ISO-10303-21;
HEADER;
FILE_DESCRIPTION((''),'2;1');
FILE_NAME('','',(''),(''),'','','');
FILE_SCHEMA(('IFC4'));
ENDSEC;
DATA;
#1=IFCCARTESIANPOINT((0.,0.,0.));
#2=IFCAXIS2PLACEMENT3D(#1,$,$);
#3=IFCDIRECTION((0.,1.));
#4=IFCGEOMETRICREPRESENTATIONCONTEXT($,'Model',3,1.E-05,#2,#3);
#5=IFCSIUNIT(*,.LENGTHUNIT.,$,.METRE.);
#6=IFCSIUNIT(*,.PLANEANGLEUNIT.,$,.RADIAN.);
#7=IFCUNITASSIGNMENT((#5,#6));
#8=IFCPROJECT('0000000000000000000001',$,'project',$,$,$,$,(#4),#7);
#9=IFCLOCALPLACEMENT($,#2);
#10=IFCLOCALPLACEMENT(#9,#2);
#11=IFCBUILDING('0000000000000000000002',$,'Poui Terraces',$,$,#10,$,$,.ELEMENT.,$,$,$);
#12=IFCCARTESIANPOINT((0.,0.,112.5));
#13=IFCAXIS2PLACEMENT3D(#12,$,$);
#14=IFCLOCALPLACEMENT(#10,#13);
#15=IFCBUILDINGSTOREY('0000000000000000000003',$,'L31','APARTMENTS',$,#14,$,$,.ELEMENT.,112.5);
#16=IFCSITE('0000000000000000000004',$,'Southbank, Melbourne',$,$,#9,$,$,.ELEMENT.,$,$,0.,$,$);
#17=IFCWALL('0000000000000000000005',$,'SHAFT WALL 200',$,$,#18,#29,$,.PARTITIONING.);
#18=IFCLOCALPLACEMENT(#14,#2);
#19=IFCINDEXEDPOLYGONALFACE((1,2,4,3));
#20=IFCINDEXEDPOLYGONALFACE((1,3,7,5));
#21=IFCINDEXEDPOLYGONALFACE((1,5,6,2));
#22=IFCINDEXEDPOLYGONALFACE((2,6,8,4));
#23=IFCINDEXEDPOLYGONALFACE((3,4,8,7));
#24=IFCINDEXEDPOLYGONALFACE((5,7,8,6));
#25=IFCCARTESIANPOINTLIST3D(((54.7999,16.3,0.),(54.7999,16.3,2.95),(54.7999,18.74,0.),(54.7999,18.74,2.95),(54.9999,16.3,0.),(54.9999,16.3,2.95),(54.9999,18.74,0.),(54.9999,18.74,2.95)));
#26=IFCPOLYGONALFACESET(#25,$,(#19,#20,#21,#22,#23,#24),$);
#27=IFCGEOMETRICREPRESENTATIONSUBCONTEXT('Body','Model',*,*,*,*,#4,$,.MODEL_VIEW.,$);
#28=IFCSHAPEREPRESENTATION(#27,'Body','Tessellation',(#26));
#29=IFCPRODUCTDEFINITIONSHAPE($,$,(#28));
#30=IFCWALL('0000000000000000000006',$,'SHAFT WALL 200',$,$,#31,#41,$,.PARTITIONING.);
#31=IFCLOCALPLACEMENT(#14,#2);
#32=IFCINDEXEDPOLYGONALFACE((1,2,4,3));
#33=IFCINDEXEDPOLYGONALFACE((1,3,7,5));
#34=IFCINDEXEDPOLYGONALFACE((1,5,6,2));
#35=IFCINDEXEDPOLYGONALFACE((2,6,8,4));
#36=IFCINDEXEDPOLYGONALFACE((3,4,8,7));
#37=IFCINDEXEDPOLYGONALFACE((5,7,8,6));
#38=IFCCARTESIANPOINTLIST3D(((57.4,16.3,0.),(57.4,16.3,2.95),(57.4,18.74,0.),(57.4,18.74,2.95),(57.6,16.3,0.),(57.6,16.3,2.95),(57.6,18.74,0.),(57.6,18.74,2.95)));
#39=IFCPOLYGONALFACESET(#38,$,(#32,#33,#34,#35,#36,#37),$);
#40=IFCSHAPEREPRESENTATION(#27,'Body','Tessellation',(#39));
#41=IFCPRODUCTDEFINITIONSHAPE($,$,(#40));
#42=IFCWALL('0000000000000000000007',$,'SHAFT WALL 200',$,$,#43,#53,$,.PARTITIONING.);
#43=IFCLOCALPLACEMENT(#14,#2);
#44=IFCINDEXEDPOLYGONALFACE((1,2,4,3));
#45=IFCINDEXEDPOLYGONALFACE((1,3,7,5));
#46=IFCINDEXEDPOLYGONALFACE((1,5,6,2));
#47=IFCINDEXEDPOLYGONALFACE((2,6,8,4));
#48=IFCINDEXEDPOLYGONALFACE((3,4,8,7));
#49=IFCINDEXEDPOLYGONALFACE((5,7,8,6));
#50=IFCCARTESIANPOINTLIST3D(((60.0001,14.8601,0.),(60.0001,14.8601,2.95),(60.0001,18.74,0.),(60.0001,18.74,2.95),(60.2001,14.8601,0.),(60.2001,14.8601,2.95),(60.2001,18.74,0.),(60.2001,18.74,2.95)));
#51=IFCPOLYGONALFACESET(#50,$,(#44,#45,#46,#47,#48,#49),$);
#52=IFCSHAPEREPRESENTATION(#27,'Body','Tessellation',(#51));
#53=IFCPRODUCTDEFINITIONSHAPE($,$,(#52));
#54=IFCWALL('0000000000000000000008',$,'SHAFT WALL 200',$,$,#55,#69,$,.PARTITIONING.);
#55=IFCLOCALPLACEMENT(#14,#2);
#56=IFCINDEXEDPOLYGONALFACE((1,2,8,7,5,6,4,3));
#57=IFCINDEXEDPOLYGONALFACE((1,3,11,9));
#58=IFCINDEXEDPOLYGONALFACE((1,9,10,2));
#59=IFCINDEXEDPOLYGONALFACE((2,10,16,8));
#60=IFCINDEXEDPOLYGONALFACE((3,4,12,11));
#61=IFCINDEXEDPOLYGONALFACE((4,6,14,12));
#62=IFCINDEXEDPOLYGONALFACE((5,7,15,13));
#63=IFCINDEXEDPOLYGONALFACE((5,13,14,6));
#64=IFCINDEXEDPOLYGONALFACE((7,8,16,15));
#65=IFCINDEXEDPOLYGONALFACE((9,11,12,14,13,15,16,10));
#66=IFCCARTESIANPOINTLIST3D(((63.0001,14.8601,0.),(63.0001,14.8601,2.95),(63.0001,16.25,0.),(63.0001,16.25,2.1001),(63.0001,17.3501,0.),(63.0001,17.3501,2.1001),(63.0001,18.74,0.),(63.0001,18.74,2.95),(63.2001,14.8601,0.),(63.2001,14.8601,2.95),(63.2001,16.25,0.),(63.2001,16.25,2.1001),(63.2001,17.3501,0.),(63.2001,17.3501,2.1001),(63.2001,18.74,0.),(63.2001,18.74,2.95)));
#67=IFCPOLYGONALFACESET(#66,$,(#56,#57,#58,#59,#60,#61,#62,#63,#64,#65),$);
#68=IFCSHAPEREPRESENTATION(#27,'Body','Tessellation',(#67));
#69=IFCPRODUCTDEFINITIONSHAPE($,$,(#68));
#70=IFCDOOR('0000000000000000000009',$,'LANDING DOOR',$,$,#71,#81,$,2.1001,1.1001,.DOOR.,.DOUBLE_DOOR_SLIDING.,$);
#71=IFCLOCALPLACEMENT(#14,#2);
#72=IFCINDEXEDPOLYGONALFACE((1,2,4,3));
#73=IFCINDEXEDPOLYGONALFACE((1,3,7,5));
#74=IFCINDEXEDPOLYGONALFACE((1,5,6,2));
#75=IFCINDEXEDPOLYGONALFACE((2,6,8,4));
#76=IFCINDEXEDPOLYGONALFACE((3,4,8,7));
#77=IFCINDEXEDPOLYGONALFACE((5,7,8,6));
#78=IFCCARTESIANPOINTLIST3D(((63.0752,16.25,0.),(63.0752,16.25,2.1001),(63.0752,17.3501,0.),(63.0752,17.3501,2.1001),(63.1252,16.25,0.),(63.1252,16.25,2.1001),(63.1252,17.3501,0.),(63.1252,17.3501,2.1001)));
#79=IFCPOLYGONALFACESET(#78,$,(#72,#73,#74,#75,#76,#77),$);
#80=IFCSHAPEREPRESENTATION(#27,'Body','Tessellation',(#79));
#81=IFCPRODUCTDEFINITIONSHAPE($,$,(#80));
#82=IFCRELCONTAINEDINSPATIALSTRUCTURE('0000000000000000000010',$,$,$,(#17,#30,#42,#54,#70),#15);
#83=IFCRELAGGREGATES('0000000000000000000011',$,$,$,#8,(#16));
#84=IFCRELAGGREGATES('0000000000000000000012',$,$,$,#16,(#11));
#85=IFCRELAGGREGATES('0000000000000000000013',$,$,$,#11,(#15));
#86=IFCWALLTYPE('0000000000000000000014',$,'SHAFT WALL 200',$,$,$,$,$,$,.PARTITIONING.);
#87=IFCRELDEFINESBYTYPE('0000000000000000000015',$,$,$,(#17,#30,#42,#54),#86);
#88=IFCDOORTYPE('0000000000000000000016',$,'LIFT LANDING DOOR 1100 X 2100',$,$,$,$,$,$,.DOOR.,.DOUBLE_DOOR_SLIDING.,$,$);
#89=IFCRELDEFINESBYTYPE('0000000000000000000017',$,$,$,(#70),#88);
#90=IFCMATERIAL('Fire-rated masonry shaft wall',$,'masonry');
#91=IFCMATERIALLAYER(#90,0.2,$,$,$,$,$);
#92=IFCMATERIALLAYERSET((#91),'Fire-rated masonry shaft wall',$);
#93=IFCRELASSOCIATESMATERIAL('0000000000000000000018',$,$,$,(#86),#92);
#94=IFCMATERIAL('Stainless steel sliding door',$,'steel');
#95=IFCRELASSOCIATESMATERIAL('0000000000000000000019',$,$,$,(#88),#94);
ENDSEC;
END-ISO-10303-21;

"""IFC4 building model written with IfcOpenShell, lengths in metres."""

from ifc_helpers import new_model, si_unit, direction, frame, frame_2d, origin, place, context, subcontext, project, spatial, rectangle, extrude, material, layer, layer_set, type_object, element, fill, save


model = new_model("IFC4")

# Units and contexts
model_context = context("Model", 3, precision=1e-05, world=origin(), true_north=direction((0.0, 1.0)))
body_context = subcontext(model_context, "Body", "Model", "MODEL_VIEW")
ifc_project = project(units=[si_unit("LENGTHUNIT", "METRE"), si_unit("PLANEANGLEUNIT", "RADIAN")], contexts=[model_context])

# Site, building, storey
site_placement = place(None, origin())
site = spatial("IfcSite", under=ifc_project, at=site_placement, Name="Southbank, Melbourne", CompositionType="ELEMENT", RefElevation=0.0)
building_placement = place(site_placement, origin())
building = spatial("IfcBuilding", under=site, at=building_placement, Name="Poui Terraces", CompositionType="ELEMENT")
storey_placement = place(building_placement, frame((0.0, 0.0, 112.5)))
storey = spatial("IfcBuildingStorey", under=building, at=storey_placement, Name="L31", Description="APARTMENTS", CompositionType="ELEMENT", Elevation=112.5)

# Walls
ifc_material_1 = material(Name="Fire-rated masonry shaft wall", Category="masonry")
ifc_layer_1 = layer(ifc_material_1, 0.2)
ifc_layer_set_1 = layer_set([ifc_layer_1], Name="Fire-rated masonry shaft wall")
wall_type_1 = type_object("IfcWallType", Name="SHAFT WALL 200", PredefinedType="PARTITIONING", material=ifc_layer_set_1)
for number, where, z_axis, x_axis, name in (
    (1, (54.8999, 16.3, 0.0), (0.0, 0.0, 1.0), (0.0, 1.0, 0.0), "SHAFT WALL 200"),
    (2, (57.5, 16.3, 0.0), (0.0, 0.0, 1.0), (0.0, 1.0, 0.0), "SHAFT WALL 200"),
):
    element("IfcWall", number, at=place(storey_placement, frame(where, z_axis=z_axis, x_axis=x_axis)), inside=storey, type_object=wall_type_1, Name=name, PredefinedType="PARTITIONING", context=body_context, shape_type="SweptSolid", body=[
        extrude(rectangle(XDim=2.4399, YDim=0.2, at=frame_2d((1.22, 0.0))), origin(), (0.0, 0.0, 1.0), 2.95),
    ])
wall_1_placement = place(storey_placement, frame((60.1001, 14.8601, 0.0), z_axis=(0.0, 0.0, 1.0), x_axis=(0.0, 1.0, 0.0)))
element("IfcWall", 3, at=wall_1_placement, inside=storey, type_object=wall_type_1, Name="SHAFT WALL 200", PredefinedType="PARTITIONING", context=body_context, shape_type="SweptSolid", body=[
    extrude(rectangle(XDim=3.8799, YDim=0.2, at=frame_2d((1.9399, 0.0))), origin(), (0.0, 0.0, 1.0), 2.95),
])

# Wall, opening, door
wall_2_placement = place(storey_placement, frame((63.1001, 14.8601, 0.0), z_axis=(0.0, 0.0, 1.0), x_axis=(0.0, 1.0, 0.0)))
wall_2 = element("IfcWall", 4, at=wall_2_placement, inside=storey, type_object=wall_type_1, Name="SHAFT WALL 200", PredefinedType="PARTITIONING", context=body_context, shape_type="SweptSolid", body=[
    extrude(rectangle(XDim=3.8799, YDim=0.2, at=frame_2d((1.9399, 0.0))), origin(), (0.0, 0.0, 1.0), 2.95),
])
opening_1_placement = place(wall_2_placement, frame((1.3899, 0.0, 0.0)))
opening_1 = element("IfcOpeningElement", 5, at=opening_1_placement, cuts=wall_2, PredefinedType="OPENING", context=body_context, shape_type="SweptSolid", body=[
    extrude(rectangle(XDim=1.1001, YDim=2.1001, at=frame_2d((0.55, 1.05))), frame((0.0, 0.1099, 0.0), z_axis=(0.0, -1.0, 0.0), x_axis=(1.0, 0.0, 0.0)), (0.0, 0.0, 1.0), 0.22),
])
ifc_material_2 = material(Name="Stainless steel sliding door", Category="steel")
door_type_1 = type_object("IfcDoorType", Name="LIFT LANDING DOOR 1100 X 2100", OperationType="DOUBLE_DOOR_SLIDING", PredefinedType="DOOR", material=ifc_material_2)
door_1_placement = place(opening_1_placement, origin())
door_1 = element("IfcDoor", 6, at=door_1_placement, inside=storey, type_object=door_type_1, Name="LANDING DOOR", OperationType="DOUBLE_DOOR_SLIDING", OverallHeight=2.1001, OverallWidth=1.1001, PredefinedType="DOOR", context=body_context, shape_type="SweptSolid", body=[
    extrude(rectangle(XDim=1.1001, YDim=2.1001, at=frame_2d((0.55, 1.05))), frame((0.0, 0.0249, 0.0), z_axis=(0.0, -1.0, 0.0), x_axis=(1.0, 0.0, 0.0)), (0.0, 0.0, 1.0), 0.05),
])
fill(opening_1, door_1)

save(model, "model.ifc")
